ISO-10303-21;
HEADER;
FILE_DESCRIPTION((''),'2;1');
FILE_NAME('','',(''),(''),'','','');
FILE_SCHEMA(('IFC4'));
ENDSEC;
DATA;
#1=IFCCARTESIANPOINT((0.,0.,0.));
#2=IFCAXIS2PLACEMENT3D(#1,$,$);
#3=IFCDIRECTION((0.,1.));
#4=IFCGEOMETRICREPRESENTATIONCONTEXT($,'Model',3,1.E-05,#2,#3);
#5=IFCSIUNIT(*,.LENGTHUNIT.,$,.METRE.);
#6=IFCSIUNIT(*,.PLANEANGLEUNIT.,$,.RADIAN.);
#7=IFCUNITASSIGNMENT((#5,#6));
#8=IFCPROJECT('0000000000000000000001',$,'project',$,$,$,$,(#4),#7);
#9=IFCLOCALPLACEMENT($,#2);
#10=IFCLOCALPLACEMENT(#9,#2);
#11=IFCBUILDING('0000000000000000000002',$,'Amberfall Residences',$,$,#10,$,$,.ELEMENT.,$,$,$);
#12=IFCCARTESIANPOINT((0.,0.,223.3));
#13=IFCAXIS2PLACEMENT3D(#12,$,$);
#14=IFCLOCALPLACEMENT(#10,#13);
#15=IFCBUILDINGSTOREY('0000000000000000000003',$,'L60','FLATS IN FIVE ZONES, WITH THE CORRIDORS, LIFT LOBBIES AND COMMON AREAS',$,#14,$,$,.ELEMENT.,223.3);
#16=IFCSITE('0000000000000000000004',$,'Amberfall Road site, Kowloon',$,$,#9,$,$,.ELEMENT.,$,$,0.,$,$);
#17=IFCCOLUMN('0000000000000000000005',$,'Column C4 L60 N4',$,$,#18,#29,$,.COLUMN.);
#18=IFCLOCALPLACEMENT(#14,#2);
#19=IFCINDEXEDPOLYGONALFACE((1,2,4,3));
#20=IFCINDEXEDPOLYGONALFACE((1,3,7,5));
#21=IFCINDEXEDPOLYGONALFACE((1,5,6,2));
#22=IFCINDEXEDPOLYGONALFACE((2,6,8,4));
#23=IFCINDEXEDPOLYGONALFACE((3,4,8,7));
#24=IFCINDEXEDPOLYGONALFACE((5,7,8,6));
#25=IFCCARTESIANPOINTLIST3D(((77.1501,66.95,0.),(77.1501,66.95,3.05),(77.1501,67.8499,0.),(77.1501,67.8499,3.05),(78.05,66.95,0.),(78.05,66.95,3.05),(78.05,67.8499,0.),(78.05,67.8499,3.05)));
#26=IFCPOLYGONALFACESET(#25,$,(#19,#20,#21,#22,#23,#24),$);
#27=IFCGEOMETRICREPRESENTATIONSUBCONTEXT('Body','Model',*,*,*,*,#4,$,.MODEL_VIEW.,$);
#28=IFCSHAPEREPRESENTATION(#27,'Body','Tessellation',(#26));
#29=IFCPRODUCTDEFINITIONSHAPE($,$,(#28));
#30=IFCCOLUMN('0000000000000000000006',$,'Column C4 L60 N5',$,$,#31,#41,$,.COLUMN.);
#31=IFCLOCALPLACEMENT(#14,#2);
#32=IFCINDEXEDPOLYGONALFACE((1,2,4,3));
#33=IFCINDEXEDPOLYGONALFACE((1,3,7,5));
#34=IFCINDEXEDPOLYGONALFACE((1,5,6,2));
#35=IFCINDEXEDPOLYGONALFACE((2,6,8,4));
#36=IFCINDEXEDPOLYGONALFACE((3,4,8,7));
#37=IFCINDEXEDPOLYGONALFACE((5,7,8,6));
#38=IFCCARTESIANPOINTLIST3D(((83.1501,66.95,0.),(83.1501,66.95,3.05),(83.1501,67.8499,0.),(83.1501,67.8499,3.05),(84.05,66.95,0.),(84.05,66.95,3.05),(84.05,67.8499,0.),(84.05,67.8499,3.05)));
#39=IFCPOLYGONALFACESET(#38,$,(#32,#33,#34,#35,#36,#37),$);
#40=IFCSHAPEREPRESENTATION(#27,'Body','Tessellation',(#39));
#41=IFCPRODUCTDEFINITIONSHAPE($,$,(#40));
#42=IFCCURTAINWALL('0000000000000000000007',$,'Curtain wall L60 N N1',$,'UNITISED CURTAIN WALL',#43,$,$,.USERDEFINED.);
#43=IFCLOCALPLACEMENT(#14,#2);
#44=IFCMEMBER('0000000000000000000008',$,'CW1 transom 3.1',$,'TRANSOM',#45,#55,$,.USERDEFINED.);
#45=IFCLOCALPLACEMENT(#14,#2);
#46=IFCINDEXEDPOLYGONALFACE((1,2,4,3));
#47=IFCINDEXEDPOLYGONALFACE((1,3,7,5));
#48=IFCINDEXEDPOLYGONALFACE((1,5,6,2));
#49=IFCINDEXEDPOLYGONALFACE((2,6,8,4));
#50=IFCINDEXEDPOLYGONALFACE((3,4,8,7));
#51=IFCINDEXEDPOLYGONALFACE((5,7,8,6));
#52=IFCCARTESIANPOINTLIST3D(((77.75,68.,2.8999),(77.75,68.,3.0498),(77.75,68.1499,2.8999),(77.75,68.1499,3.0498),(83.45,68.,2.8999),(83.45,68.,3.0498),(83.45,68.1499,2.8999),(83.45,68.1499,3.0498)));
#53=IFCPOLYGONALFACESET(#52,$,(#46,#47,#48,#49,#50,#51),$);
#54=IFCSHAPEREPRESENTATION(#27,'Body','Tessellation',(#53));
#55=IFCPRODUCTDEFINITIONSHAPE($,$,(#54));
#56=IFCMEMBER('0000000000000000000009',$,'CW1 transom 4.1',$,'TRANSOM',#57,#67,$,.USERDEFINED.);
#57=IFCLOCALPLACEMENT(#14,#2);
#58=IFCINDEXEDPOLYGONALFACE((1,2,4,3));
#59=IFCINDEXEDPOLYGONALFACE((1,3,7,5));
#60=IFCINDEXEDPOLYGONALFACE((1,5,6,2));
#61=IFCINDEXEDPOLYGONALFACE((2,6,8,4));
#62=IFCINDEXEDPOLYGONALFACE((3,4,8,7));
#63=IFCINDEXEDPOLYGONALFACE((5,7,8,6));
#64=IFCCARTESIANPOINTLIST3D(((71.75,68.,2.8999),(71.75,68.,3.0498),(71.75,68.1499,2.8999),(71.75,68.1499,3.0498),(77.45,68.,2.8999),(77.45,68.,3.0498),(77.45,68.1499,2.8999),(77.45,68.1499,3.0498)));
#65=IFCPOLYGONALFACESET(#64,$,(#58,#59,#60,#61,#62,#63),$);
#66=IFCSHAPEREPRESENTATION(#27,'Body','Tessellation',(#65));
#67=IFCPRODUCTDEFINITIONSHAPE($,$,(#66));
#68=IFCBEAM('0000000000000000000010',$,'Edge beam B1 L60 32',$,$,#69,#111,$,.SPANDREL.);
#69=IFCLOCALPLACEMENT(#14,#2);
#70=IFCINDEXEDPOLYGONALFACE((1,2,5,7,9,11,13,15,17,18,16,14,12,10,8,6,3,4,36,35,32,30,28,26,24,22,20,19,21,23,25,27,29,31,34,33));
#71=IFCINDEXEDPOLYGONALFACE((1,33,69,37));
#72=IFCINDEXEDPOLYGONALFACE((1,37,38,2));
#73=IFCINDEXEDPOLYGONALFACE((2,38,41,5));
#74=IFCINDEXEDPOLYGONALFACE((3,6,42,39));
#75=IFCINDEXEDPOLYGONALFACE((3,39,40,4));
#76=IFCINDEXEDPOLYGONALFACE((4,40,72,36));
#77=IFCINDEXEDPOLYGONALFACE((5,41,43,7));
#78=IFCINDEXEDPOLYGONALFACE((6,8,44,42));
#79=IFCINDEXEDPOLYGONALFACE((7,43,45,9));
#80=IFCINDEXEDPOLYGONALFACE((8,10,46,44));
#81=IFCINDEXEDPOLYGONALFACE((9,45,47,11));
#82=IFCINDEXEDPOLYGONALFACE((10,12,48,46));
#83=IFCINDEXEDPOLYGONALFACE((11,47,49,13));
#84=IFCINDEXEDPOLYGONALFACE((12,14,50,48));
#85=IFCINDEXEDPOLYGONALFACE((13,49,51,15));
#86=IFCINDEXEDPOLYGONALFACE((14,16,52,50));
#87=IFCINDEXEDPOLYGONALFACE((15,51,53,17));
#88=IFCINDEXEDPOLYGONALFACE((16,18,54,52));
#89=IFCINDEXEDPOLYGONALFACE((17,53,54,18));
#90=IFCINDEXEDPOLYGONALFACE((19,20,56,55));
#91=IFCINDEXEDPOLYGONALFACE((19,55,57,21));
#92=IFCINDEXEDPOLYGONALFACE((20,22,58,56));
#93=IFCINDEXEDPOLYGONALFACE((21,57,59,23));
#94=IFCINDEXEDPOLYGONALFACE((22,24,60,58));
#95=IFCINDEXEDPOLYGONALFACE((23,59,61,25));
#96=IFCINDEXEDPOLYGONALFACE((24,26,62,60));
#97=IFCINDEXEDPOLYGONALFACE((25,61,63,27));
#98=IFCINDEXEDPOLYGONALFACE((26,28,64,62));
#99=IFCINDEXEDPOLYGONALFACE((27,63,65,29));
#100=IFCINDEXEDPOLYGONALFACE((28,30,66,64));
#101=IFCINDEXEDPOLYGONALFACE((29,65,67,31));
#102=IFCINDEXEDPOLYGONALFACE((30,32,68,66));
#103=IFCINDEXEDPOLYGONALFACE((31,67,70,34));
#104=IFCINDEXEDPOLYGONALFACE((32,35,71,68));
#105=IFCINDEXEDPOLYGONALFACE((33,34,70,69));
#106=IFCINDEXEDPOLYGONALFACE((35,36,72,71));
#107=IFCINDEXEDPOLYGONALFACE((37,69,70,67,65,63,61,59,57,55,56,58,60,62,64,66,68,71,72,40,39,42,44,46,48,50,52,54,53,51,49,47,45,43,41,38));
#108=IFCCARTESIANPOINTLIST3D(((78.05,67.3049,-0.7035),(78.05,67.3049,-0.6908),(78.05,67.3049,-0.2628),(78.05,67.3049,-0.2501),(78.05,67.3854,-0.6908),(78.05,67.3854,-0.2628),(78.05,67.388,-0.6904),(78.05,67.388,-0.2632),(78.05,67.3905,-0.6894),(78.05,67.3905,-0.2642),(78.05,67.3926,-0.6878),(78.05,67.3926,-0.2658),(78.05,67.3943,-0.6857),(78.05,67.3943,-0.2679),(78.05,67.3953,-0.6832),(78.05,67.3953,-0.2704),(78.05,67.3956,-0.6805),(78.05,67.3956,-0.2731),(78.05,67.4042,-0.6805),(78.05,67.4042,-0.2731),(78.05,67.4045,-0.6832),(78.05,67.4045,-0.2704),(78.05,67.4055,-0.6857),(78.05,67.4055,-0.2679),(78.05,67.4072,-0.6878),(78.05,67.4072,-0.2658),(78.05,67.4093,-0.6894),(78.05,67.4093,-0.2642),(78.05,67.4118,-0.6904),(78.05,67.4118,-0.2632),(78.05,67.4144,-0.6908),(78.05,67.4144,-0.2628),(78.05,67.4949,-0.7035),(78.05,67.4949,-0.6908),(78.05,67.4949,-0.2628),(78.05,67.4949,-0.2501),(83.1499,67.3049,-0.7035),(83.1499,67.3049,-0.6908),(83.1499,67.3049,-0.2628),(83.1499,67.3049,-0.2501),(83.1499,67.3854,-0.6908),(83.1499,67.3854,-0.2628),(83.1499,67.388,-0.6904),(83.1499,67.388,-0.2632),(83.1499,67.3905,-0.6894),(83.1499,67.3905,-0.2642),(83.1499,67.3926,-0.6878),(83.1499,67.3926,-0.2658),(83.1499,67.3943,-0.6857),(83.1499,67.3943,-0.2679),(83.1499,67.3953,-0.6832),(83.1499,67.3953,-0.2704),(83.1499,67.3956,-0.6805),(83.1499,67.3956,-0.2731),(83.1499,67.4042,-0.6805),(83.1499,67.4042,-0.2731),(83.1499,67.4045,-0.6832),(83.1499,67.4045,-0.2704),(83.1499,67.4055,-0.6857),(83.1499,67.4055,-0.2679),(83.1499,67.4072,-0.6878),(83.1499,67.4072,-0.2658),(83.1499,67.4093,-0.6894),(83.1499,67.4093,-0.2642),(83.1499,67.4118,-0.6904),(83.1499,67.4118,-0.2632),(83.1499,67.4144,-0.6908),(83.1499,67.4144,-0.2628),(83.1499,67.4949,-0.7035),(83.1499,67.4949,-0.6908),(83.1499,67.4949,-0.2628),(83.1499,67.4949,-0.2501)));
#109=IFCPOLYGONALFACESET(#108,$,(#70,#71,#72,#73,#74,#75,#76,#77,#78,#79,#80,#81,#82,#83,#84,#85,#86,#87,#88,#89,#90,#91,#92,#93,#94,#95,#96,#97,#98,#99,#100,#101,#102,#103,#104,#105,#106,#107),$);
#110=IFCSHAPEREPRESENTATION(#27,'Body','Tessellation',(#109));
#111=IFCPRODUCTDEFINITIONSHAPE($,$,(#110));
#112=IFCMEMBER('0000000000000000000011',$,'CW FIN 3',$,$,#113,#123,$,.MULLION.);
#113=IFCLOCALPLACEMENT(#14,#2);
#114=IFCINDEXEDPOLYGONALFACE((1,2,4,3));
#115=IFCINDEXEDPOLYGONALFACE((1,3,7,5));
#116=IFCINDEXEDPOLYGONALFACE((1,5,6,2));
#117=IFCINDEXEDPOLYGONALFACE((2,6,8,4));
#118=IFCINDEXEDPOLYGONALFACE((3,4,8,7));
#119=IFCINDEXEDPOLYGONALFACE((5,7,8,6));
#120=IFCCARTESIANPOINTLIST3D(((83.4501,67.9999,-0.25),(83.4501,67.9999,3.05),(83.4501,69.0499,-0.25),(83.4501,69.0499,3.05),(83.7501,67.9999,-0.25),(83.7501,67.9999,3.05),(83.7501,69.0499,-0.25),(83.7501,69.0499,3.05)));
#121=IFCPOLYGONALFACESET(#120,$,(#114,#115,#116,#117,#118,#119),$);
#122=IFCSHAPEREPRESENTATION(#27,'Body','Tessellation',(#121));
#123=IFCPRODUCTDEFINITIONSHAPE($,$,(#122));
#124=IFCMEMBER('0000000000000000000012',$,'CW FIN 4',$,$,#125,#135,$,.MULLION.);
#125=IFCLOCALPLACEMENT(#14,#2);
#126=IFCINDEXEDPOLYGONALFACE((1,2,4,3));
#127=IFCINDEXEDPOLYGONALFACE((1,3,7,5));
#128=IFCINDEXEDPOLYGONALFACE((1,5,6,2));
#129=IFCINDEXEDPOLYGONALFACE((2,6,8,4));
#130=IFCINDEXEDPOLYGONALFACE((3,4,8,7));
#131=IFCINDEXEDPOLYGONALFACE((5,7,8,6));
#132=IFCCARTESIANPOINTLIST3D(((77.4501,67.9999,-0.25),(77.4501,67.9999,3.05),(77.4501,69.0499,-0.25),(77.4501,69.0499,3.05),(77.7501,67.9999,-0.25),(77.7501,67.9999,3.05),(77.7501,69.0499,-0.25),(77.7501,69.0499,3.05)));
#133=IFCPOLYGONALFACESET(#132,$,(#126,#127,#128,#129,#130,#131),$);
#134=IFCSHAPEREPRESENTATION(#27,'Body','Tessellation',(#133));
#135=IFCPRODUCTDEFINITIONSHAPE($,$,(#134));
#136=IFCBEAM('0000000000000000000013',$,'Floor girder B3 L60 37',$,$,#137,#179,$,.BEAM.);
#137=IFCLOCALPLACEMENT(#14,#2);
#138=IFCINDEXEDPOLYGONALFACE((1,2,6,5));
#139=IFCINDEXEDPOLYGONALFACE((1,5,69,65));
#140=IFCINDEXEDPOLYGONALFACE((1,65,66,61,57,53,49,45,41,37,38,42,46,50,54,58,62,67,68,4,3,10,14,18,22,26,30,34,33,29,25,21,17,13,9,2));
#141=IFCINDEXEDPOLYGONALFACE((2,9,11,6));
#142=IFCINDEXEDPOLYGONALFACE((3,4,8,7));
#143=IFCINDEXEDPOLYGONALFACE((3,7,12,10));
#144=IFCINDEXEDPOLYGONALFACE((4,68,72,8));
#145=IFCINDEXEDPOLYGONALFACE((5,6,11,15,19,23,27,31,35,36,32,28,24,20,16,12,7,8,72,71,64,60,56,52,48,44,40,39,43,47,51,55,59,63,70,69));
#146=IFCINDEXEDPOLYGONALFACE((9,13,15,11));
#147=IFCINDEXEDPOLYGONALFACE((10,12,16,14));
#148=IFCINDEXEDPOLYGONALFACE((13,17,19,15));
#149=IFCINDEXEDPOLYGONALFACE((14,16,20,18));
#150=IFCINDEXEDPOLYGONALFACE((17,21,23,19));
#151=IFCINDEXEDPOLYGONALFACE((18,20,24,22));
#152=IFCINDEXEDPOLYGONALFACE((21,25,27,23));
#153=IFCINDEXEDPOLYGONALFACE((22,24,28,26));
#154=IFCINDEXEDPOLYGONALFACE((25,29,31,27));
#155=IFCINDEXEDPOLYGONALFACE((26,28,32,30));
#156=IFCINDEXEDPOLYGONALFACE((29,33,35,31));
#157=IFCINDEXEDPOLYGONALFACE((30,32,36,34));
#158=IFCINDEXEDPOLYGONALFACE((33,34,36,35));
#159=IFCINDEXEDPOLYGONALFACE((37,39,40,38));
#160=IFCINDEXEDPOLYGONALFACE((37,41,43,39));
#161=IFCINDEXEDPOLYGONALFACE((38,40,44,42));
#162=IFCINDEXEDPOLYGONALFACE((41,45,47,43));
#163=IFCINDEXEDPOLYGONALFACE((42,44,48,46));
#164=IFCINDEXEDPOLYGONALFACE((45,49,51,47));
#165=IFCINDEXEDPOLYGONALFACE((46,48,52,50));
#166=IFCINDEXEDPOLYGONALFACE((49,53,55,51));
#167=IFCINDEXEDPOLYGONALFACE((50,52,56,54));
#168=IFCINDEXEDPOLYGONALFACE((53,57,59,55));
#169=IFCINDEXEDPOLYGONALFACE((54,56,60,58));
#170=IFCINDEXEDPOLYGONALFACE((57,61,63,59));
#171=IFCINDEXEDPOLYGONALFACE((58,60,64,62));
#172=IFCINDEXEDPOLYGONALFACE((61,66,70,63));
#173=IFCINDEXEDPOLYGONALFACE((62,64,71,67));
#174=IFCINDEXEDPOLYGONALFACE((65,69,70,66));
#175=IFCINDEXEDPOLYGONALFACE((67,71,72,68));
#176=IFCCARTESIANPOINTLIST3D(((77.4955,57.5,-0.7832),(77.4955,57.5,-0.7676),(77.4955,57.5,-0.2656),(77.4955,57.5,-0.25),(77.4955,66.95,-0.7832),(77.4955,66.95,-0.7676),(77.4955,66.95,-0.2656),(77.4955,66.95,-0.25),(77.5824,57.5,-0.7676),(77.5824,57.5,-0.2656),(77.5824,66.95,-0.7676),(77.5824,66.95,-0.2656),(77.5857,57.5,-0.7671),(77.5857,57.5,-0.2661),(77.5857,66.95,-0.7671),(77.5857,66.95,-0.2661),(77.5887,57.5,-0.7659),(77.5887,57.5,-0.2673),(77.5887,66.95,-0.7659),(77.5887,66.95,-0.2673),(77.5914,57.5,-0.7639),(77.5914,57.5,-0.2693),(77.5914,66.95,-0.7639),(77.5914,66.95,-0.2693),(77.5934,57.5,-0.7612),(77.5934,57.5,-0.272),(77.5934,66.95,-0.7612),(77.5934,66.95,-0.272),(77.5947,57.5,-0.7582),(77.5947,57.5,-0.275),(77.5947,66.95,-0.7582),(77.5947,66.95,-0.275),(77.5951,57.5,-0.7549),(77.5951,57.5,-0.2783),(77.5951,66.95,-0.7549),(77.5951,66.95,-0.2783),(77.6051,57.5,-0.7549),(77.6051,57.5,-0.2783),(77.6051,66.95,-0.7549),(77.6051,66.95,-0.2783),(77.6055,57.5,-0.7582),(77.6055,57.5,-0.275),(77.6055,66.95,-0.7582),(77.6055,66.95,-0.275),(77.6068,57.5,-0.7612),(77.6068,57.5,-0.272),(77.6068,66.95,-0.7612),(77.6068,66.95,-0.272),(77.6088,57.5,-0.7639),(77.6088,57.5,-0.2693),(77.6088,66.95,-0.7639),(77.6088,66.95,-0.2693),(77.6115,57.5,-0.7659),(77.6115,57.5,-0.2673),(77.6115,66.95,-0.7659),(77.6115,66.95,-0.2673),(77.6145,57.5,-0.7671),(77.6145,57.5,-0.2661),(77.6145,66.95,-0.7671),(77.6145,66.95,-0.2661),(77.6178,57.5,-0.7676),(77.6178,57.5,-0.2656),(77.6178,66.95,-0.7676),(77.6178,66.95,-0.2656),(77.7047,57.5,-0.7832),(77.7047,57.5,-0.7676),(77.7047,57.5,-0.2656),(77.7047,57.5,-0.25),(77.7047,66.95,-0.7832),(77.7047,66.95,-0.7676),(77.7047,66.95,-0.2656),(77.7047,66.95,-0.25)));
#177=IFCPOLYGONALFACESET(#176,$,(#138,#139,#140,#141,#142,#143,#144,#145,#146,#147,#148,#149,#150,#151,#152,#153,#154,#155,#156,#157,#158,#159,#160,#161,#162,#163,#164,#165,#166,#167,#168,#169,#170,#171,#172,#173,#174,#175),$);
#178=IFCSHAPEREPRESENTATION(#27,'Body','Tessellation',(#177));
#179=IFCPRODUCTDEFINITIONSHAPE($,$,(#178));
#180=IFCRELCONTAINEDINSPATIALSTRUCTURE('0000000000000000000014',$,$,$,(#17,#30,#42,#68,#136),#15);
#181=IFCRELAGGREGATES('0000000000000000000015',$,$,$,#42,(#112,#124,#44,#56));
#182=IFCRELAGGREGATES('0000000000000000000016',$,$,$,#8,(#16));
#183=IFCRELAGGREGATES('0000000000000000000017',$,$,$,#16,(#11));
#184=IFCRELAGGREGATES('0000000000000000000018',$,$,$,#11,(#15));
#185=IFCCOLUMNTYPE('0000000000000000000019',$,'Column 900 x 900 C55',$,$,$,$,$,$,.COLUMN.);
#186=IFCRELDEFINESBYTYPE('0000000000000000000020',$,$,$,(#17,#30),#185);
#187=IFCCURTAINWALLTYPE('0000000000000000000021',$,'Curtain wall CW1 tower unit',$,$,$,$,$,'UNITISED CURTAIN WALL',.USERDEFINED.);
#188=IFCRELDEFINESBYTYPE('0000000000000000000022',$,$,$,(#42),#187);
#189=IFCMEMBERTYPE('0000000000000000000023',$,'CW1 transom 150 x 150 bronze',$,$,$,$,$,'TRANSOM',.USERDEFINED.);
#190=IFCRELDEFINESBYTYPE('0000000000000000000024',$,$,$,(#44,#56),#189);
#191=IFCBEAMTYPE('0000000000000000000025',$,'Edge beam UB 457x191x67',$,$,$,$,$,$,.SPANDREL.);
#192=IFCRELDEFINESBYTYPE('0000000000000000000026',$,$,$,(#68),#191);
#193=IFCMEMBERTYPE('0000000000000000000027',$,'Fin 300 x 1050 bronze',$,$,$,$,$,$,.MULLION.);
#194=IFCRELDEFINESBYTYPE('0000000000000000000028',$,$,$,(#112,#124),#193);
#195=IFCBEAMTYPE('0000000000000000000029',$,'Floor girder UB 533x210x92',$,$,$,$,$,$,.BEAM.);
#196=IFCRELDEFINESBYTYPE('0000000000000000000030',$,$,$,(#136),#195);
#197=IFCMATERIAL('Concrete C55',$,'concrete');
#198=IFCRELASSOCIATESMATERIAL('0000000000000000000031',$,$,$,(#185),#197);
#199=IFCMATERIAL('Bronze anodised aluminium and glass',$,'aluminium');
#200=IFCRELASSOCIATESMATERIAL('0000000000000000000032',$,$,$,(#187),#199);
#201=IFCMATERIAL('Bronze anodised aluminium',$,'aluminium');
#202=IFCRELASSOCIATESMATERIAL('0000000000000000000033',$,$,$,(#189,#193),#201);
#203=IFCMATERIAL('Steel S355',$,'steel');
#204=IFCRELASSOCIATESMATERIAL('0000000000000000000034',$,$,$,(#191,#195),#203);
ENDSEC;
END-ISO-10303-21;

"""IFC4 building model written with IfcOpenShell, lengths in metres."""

from ifc_helpers import new_model, si_unit, direction, frame, origin, origin_2d, place, context, subcontext, project, spatial, rectangle, i_section, extrude, material, material_profile, profile_set, type_object, element, aggregate, save


model = new_model("IFC4")

# Units and contexts
model_context = context("Model", 3, precision=1e-05, world=origin(), true_north=direction((0.0, 1.0)))
body_context = subcontext(model_context, "Body", "Model", "MODEL_VIEW")
ifc_project = project(units=[si_unit("LENGTHUNIT", "METRE"), si_unit("PLANEANGLEUNIT", "RADIAN")], contexts=[model_context])

# Site, building, storey
site_placement = place(None, origin())
site = spatial("IfcSite", under=ifc_project, at=site_placement, Name="Amberfall Road site, Kowloon", CompositionType="ELEMENT", RefElevation=0.0)
building_placement = place(site_placement, origin())
building = spatial("IfcBuilding", under=site, at=building_placement, Name="Amberfall Residences", CompositionType="ELEMENT")
storey_placement = place(building_placement, frame((0.0, 0.0, 223.3)))
storey = spatial("IfcBuildingStorey", under=building, at=storey_placement, Name="L60", Description="FLATS IN FIVE ZONES, WITH THE CORRIDORS, LIFT LOBBIES AND COMMON AREAS", CompositionType="ELEMENT", Elevation=223.3)

# Columns
ifc_material_1 = material(Name="Concrete C55", Category="concrete")
ifc_material_profile_1 = material_profile(ifc_material_1, rectangle(XDim=0.8999, YDim=0.8999, at=origin_2d()), Name="Column 900 x 900 C55")
ifc_profile_set_1 = profile_set([ifc_material_profile_1], Name="Concrete C55")
column_type = type_object("IfcColumnType", Name="Column 900 x 900 C55", PredefinedType="COLUMN", material=ifc_profile_set_1)
for number, where, z_axis, x_axis, name in (
    (1, (77.6001, 67.3999, 0.0), (0.0, 0.0, 1.0), (1.0, 0.0, 0.0), "Column C4 L60 N4"),
    (2, (83.6001, 67.3999, 0.0), (0.0, 0.0, 1.0), (1.0, 0.0, 0.0), "Column C4 L60 N5"),
):
    element("IfcColumn", number, at=place(storey_placement, frame(where, z_axis=z_axis, x_axis=x_axis)), inside=storey, type_object=column_type, Name=name, PredefinedType="COLUMN", context=body_context, shape_type="SweptSolid", body=[
        extrude(rectangle(XDim=0.8999, YDim=0.8999, at=origin_2d()), origin(), (0.0, 0.0, 1.0), 3.05),
    ])

# Curtain wall, members
ifc_material_2 = material(Name="Bronze anodised aluminium and glass", Category="aluminium")
curtain_wall_type = type_object("IfcCurtainWallType", Name="Curtain wall CW1 tower unit", ElementType="UNITISED CURTAIN WALL", PredefinedType="USERDEFINED", material=ifc_material_2)
curtain_wall_placement = place(storey_placement, origin())
curtain_wall = element("IfcCurtainWall", 3, at=curtain_wall_placement, inside=storey, type_object=curtain_wall_type, Name="Curtain wall L60 N N1", ObjectType="UNITISED CURTAIN WALL", PredefinedType="USERDEFINED")
ifc_material_3 = material(Name="Bronze anodised aluminium", Category="aluminium")
ifc_material_profile_2 = material_profile(ifc_material_3, rectangle(XDim=0.1499, YDim=0.1499, at=origin_2d()), Name="CW1 transom 150 x 150 bronze")
ifc_profile_set_2 = profile_set([ifc_material_profile_2], Name="Bronze anodised aluminium")
member_type_1 = type_object("IfcMemberType", Name="CW1 transom 150 x 150 bronze", ElementType="TRANSOM", PredefinedType="USERDEFINED", material=ifc_profile_set_2)
member_1_placement = place(storey_placement, frame((83.45, 68.075, 2.9749), z_axis=(-1.0, 0.0, 0.0), x_axis=(0.0, -1.0, 0.0)))
member_1 = element("IfcMember", 4, at=member_1_placement, type_object=member_type_1, Name="CW1 transom 3.1", ObjectType="TRANSOM", PredefinedType="USERDEFINED", context=body_context, shape_type="SweptSolid", body=[
    extrude(rectangle(XDim=0.1499, YDim=0.1499, at=origin_2d()), origin(), (0.0, 0.0, 1.0), 5.7),
])
member_2_placement = place(storey_placement, frame((77.45, 68.075, 2.9749), z_axis=(-1.0, 0.0, 0.0), x_axis=(0.0, -1.0, 0.0)))
member_2 = element("IfcMember", 5, at=member_2_placement, type_object=member_type_1, Name="CW1 transom 4.1", ObjectType="TRANSOM", PredefinedType="USERDEFINED", context=body_context, shape_type="SweptSolid", body=[
    extrude(rectangle(XDim=0.1499, YDim=0.1499, at=origin_2d()), origin(), (0.0, 0.0, 1.0), 5.7),
])

# Beam
ifc_material_4 = material(Name="Steel S355", Category="steel")
ifc_material_profile_3 = material_profile(ifc_material_4, i_section(OverallWidth=0.1899, OverallDepth=0.4534, WebThickness=0.0085, FlangeThickness=0.0127, FilletRadius=0.0103, at=origin_2d()), Name="UB 457x191x67")
ifc_profile_set_3 = profile_set([ifc_material_profile_3], Name="Steel S355")
beam_type_1 = type_object("IfcBeamType", Name="Edge beam UB 457x191x67", PredefinedType="SPANDREL", material=ifc_profile_set_3)
beam_placement = place(storey_placement, frame((78.05, 67.3999, -0.4768), z_axis=(1.0, 0.0, 0.0), x_axis=(0.0, 1.0, 0.0)))
element("IfcBeam", 6, at=beam_placement, inside=storey, type_object=beam_type_1, Name="Edge beam B1 L60 32", PredefinedType="SPANDREL", context=body_context, shape_type="SweptSolid", body=[
    extrude(i_section(OverallWidth=0.1899, OverallDepth=0.4534, WebThickness=0.0085, FlangeThickness=0.0127, FilletRadius=0.0103, at=origin_2d()), origin(), (0.0, 0.0, 1.0), 5.0999),
])

# Members
ifc_material_profile_4 = material_profile(ifc_material_3, rectangle(XDim=1.05, YDim=0.3, at=origin_2d()), Name="Fin 300 x 1050 bronze")
ifc_profile_set_4 = profile_set([ifc_material_profile_4], Name="Bronze anodised aluminium")
member_type_2 = type_object("IfcMemberType", Name="Fin 300 x 1050 bronze", PredefinedType="MULLION", material=ifc_profile_set_4)
member_3_placement = place(storey_placement, frame((83.6001, 68.5249, -0.25), z_axis=(0.0, 0.0, 1.0), x_axis=(0.0, -1.0, 0.0)))
member_3 = element("IfcMember", 7, at=member_3_placement, type_object=member_type_2, Name="CW FIN 3", PredefinedType="MULLION", context=body_context, shape_type="SweptSolid", body=[
    extrude(rectangle(XDim=1.05, YDim=0.3, at=origin_2d()), origin(), (0.0, 0.0, 1.0), 3.3),
])
member_4_placement = place(storey_placement, frame((77.6001, 68.5249, -0.25), z_axis=(0.0, 0.0, 1.0), x_axis=(0.0, -1.0, 0.0)))
member_4 = element("IfcMember", 8, at=member_4_placement, type_object=member_type_2, Name="CW FIN 4", PredefinedType="MULLION", context=body_context, shape_type="SweptSolid", body=[
    extrude(rectangle(XDim=1.05, YDim=0.3, at=origin_2d()), origin(), (0.0, 0.0, 1.0), 3.3),
])

# Beam
ifc_material_profile_5 = material_profile(ifc_material_4, i_section(OverallWidth=0.2092, OverallDepth=0.5332, WebThickness=0.01, FlangeThickness=0.0156, FilletRadius=0.0127, at=origin_2d()), Name="UB 533x210x92")
ifc_profile_set_5 = profile_set([ifc_material_profile_5], Name="Steel S355")
beam_type_2 = type_object("IfcBeamType", Name="Floor girder UB 533x210x92", PredefinedType="BEAM", material=ifc_profile_set_5)
for number, where, z_axis, x_axis, name in (
    (9, (77.6001, 66.95, -0.5166), (0.0, -1.0, 0.0), (1.0, 0.0, 0.0), "Floor girder B3 L60 37"),
):
    element("IfcBeam", number, at=place(storey_placement, frame(where, z_axis=z_axis, x_axis=x_axis)), inside=storey, type_object=beam_type_2, Name=name, PredefinedType="BEAM", context=body_context, shape_type="SweptSolid", body=[
        extrude(i_section(OverallWidth=0.2092, OverallDepth=0.5332, WebThickness=0.01, FlangeThickness=0.0156, FilletRadius=0.0127, at=origin_2d()), origin(), (0.0, 0.0, 1.0), 9.45),
    ])

aggregate(curtain_wall, [member_3, member_4, member_1, member_2])

save(model, "model.ifc")
